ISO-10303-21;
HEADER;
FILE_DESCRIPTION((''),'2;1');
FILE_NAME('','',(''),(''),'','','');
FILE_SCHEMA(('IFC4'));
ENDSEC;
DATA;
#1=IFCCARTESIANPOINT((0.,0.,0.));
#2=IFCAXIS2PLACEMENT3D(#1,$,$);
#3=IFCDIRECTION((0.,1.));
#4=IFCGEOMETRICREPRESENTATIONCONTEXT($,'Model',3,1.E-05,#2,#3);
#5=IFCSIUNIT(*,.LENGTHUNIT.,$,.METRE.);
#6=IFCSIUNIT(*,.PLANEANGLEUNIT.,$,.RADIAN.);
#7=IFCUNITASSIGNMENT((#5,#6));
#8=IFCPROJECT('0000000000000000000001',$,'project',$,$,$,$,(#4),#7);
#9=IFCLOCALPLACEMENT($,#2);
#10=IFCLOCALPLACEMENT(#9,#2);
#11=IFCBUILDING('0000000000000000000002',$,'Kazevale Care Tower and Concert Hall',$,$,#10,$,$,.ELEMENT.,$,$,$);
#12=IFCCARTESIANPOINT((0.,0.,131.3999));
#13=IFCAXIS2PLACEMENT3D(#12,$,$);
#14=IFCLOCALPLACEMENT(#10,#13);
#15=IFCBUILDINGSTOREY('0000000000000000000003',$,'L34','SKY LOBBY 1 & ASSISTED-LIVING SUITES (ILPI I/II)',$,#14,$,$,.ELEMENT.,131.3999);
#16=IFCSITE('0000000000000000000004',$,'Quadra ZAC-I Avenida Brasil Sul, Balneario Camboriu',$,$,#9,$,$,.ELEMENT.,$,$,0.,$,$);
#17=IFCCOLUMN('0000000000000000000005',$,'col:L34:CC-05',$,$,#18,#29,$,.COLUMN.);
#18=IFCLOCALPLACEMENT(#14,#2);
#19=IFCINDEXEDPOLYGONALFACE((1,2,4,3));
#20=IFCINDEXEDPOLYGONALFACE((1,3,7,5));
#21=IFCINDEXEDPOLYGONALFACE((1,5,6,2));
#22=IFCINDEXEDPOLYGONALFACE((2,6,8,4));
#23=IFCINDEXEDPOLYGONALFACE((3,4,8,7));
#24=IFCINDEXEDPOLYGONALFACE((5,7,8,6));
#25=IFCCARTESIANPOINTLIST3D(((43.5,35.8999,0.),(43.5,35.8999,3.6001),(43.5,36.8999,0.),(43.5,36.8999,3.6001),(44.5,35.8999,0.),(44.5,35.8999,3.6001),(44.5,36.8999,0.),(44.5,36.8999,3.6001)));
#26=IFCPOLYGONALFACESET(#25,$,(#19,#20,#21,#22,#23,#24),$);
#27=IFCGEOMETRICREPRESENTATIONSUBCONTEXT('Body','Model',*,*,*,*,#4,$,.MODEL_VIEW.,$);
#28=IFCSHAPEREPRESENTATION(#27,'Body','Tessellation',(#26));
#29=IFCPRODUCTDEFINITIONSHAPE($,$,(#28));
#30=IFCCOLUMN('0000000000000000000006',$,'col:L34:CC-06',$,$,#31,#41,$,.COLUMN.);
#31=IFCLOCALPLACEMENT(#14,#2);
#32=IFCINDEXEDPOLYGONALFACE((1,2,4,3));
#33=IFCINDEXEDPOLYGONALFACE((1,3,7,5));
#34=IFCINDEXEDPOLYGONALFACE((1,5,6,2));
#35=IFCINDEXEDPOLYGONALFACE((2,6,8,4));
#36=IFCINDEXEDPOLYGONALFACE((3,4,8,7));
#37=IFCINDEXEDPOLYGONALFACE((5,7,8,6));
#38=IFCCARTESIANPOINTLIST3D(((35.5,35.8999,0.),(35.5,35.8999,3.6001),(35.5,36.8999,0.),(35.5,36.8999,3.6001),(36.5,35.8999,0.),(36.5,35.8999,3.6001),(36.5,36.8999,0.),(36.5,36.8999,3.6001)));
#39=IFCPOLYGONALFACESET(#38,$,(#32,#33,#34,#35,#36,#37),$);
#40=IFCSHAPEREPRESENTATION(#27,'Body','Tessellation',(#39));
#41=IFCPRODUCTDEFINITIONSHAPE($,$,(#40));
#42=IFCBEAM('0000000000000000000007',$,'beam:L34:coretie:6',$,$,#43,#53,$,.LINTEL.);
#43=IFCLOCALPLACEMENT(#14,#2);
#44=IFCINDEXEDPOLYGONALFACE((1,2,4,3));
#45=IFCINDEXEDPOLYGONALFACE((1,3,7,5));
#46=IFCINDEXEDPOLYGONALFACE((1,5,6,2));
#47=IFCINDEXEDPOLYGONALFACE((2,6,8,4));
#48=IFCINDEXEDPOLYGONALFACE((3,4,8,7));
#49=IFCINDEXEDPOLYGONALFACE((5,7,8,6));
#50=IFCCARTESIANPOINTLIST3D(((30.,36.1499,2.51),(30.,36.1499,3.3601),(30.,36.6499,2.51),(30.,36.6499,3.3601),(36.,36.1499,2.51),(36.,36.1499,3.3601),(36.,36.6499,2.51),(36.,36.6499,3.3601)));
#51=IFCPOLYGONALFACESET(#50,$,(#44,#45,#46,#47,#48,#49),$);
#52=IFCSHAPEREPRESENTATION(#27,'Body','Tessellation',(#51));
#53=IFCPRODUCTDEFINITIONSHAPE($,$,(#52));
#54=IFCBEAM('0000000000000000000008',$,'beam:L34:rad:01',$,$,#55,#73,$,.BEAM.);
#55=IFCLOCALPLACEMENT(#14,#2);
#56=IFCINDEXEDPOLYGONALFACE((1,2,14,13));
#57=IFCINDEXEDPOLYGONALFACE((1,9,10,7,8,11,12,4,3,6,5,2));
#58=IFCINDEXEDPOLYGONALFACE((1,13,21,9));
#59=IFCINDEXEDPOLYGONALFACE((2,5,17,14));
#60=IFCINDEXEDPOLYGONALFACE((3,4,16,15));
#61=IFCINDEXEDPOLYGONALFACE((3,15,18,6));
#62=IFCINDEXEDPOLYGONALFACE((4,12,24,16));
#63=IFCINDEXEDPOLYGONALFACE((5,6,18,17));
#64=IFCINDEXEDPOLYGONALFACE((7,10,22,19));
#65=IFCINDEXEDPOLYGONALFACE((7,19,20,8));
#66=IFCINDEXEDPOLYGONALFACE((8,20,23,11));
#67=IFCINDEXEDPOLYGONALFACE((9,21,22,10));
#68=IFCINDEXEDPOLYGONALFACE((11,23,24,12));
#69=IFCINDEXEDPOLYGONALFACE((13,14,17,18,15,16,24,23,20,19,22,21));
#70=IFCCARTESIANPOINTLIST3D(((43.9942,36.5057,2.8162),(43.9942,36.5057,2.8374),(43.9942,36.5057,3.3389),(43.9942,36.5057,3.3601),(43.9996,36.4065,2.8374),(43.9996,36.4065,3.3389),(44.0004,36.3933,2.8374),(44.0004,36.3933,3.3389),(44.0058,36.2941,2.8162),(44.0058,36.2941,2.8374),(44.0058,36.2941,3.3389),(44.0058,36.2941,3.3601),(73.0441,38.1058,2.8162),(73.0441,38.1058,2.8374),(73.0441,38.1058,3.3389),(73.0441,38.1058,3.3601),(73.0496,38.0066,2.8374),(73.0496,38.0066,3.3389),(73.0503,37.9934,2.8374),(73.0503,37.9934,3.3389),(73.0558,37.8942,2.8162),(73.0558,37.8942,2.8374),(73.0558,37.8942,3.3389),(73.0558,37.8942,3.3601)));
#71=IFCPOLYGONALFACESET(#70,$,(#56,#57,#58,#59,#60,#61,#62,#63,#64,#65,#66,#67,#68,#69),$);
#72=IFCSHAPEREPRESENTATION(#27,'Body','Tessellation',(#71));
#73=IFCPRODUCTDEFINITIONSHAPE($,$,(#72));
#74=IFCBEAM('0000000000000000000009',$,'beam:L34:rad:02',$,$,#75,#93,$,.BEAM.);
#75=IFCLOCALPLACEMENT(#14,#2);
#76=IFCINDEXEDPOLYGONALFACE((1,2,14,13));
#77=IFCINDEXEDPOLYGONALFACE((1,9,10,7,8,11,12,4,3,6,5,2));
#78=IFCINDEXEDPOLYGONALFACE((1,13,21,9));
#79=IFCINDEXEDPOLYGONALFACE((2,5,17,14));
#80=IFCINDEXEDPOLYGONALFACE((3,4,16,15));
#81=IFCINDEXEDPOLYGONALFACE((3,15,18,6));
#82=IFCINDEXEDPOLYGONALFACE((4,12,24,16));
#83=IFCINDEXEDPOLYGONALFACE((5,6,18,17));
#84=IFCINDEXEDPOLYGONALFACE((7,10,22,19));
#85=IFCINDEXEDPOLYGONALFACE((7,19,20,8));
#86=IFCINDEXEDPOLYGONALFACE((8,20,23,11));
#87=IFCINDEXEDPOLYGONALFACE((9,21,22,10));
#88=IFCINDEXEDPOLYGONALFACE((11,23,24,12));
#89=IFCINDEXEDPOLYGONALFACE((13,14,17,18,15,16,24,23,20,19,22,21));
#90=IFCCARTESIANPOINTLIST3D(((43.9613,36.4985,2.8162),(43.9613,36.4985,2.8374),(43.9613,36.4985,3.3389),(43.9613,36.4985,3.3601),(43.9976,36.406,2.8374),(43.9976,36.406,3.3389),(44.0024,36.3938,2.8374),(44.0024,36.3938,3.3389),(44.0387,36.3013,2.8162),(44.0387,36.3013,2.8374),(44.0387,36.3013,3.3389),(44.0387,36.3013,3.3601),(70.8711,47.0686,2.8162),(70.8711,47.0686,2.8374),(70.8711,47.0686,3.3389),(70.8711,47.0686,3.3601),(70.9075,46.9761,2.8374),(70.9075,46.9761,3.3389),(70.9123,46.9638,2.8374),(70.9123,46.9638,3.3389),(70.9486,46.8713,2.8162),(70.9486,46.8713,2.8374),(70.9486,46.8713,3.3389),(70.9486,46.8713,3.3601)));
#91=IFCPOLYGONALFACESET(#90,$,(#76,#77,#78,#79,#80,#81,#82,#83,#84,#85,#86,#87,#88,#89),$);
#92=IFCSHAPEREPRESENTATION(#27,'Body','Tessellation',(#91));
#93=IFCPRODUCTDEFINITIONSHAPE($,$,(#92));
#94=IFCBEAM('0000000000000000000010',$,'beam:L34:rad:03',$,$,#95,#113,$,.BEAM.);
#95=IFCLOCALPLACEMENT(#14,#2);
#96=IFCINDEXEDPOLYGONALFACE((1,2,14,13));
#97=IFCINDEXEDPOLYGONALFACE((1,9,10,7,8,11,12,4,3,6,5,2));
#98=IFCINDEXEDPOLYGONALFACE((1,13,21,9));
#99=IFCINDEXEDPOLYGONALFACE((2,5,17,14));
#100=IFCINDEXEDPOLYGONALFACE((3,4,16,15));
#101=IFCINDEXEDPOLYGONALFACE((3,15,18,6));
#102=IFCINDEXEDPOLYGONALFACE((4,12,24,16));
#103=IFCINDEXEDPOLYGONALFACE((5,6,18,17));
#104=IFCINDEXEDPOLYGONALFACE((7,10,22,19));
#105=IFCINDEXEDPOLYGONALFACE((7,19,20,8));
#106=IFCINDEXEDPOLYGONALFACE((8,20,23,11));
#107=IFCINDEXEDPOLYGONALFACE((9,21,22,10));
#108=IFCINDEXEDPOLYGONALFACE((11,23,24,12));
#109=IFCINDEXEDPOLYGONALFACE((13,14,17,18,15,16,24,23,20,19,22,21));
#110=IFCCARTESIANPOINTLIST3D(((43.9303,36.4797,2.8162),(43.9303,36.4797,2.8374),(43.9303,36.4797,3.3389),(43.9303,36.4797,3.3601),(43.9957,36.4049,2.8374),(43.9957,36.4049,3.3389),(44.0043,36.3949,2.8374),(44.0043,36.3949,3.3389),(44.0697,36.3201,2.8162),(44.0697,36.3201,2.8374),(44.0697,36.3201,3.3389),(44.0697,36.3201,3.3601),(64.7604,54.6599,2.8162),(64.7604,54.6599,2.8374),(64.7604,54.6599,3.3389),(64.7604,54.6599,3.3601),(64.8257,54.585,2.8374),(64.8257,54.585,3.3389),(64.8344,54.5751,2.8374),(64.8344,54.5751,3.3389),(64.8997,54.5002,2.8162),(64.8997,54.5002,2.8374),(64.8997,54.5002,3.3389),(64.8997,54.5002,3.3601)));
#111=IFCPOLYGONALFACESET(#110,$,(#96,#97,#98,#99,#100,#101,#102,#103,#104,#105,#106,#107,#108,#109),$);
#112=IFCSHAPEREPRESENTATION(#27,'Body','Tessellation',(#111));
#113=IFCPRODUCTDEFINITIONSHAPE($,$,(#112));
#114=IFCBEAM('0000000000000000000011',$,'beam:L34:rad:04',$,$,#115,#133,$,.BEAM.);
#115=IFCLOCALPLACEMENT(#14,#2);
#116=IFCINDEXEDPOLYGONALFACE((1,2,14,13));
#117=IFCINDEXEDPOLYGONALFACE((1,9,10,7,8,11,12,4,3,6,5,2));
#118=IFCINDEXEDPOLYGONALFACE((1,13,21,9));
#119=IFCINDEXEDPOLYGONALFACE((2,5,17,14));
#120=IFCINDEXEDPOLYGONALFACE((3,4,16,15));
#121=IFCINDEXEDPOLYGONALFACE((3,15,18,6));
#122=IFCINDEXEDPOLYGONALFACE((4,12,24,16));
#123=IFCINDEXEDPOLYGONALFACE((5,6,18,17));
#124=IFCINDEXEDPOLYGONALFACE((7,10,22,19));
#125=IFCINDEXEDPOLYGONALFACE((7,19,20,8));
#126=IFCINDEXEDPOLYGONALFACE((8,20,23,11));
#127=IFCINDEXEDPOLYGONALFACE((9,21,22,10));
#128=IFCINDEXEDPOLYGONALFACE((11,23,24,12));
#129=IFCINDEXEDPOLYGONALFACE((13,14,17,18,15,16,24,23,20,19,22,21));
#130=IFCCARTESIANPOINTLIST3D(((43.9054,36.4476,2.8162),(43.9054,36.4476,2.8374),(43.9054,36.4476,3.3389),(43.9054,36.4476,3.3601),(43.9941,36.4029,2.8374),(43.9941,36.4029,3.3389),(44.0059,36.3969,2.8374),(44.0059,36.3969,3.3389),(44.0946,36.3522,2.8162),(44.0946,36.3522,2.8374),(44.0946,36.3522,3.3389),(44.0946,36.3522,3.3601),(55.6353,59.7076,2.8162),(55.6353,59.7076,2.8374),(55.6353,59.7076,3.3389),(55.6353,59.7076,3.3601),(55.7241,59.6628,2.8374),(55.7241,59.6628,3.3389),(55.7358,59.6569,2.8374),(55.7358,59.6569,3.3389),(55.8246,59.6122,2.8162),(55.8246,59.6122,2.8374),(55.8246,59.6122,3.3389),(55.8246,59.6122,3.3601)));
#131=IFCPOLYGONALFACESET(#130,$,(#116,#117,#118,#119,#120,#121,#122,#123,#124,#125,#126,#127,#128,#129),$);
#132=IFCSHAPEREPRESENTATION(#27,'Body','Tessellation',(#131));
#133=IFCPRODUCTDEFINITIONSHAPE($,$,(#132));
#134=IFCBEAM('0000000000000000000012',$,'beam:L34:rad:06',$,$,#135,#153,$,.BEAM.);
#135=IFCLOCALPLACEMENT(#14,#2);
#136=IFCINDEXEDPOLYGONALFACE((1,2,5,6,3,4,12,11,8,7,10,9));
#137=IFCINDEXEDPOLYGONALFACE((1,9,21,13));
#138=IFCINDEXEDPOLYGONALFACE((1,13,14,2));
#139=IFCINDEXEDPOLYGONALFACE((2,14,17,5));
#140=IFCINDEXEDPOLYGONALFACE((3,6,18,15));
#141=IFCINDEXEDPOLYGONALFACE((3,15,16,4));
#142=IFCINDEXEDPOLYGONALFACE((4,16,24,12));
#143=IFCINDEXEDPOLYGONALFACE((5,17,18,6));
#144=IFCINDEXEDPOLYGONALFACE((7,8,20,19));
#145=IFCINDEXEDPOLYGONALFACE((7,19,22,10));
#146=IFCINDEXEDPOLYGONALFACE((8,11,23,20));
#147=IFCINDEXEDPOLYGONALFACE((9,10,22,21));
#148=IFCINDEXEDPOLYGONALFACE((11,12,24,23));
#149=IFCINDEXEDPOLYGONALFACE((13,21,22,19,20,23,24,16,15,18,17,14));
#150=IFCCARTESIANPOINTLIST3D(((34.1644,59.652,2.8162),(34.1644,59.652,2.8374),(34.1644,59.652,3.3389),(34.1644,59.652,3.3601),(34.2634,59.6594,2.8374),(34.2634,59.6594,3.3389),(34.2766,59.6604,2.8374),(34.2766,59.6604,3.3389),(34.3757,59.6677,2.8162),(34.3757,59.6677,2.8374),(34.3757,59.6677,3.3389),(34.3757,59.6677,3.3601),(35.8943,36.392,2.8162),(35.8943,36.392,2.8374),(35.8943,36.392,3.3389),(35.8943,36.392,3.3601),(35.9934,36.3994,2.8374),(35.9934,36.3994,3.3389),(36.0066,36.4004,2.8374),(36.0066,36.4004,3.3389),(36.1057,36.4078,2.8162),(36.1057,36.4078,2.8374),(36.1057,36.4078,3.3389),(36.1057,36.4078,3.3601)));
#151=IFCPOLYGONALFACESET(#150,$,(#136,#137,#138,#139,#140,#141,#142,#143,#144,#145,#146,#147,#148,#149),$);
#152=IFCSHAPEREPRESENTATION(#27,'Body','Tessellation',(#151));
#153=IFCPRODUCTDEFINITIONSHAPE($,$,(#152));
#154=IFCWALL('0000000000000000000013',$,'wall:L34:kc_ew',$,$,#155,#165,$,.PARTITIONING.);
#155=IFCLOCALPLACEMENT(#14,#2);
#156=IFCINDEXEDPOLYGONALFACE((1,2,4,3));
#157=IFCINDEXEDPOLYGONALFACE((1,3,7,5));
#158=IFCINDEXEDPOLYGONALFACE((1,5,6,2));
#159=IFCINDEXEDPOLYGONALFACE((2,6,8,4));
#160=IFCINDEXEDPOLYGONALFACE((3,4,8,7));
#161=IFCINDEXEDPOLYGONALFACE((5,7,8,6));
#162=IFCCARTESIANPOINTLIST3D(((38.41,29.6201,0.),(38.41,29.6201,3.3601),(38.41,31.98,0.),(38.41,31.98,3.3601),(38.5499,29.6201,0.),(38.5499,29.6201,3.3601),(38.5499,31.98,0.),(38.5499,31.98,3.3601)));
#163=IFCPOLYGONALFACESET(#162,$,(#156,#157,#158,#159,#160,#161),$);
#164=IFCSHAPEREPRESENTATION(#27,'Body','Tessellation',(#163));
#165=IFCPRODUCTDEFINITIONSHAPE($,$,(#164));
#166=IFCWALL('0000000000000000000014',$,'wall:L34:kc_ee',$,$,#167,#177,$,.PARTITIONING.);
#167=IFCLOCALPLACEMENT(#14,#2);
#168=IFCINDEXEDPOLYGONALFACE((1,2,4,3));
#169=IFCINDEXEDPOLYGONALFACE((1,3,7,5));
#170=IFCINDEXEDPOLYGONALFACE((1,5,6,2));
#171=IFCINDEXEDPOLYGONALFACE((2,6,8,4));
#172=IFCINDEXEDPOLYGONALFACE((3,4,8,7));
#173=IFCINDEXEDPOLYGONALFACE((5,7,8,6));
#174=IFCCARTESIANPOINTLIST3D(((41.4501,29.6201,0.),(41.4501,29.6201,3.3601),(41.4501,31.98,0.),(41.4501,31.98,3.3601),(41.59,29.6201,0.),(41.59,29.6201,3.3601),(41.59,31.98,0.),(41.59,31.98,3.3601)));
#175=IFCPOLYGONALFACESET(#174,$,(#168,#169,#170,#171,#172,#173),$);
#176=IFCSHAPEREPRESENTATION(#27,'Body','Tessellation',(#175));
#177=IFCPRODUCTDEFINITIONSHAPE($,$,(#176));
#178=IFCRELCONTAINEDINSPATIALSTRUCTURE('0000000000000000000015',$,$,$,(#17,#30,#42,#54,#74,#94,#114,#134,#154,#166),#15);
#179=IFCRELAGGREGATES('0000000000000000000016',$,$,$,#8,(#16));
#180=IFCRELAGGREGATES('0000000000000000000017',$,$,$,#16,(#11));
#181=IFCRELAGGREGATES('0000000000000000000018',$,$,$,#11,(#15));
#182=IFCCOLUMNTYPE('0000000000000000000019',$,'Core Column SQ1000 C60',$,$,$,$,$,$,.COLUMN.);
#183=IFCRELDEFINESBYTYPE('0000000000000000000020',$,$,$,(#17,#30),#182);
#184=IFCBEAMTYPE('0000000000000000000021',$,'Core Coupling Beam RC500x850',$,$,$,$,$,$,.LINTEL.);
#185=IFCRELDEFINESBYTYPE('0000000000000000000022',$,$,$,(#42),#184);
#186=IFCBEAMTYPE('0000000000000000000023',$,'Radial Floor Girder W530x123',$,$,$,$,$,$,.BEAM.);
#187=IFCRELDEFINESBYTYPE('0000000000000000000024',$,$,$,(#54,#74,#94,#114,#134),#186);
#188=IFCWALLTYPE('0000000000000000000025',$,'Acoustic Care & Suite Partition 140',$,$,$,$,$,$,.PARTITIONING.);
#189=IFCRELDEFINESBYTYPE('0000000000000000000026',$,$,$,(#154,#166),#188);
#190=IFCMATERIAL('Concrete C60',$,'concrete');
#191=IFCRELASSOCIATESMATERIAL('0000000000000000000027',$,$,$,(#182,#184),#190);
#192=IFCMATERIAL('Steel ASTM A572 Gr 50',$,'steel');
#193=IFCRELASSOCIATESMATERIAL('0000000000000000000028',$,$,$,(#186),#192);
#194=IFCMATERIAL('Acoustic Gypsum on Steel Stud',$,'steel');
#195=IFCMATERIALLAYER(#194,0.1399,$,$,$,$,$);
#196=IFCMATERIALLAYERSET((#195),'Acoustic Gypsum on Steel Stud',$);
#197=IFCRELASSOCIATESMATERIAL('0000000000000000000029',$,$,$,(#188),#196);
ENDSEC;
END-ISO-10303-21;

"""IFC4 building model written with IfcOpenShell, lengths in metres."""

from ifc_helpers import new_model, si_unit, direction, frame, frame_2d, origin, origin_2d, place, context, subcontext, project, spatial, rectangle, i_section, extrude, material, layer, layer_set, material_profile, profile_set, type_object, element, save


model = new_model("IFC4")

# Units and contexts
model_context = context("Model", 3, precision=1e-05, world=origin(), true_north=direction((0.0, 1.0)))
body_context = subcontext(model_context, "Body", "Model", "MODEL_VIEW")
ifc_project = project(units=[si_unit("LENGTHUNIT", "METRE"), si_unit("PLANEANGLEUNIT", "RADIAN")], contexts=[model_context])

# Site, building, storey
site_placement = place(None, origin())
site = spatial("IfcSite", under=ifc_project, at=site_placement, Name="Quadra ZAC-I Avenida Brasil Sul, Balneario Camboriu", CompositionType="ELEMENT", RefElevation=0.0)
building_placement = place(site_placement, origin())
building = spatial("IfcBuilding", under=site, at=building_placement, Name="Kazevale Care Tower and Concert Hall", CompositionType="ELEMENT")
storey_placement = place(building_placement, frame((0.0, 0.0, 131.3999)))
storey = spatial("IfcBuildingStorey", under=building, at=storey_placement, Name="L34", Description="SKY LOBBY 1 & ASSISTED-LIVING SUITES (ILPI I/II)", CompositionType="ELEMENT", Elevation=131.3999)

# Columns
ifc_material_1 = material(Name="Concrete C60", Category="concrete")
ifc_material_profile_1 = material_profile(ifc_material_1, rectangle(XDim=1.0, YDim=1.0, at=origin_2d()), Name="RC-SQ1000")
ifc_profile_set_1 = profile_set([ifc_material_profile_1], Name="Concrete C60")
column_type = type_object("IfcColumnType", Name="Core Column SQ1000 C60", PredefinedType="COLUMN", material=ifc_profile_set_1)
for number, where, z_axis, x_axis, name in (
    (1, (44.0, 36.3999, 0.0), (0.0, 0.0, 1.0), (1.0, 0.0, 0.0), "col:L34:CC-05"),
    (2, (36.0, 36.3999, 0.0), (0.0, 0.0, 1.0), (1.0, 0.0, 0.0), "col:L34:CC-06"),
):
    element("IfcColumn", number, at=place(storey_placement, frame(where, z_axis=z_axis, x_axis=x_axis)), inside=storey, type_object=column_type, Name=name, PredefinedType="COLUMN", context=body_context, shape_type="SweptSolid", body=[
        extrude(rectangle(XDim=1.0, YDim=1.0, at=origin_2d()), origin(), (0.0, 0.0, 1.0), 3.6001),
    ])

# Beams
ifc_material_profile_2 = material_profile(ifc_material_1, rectangle(XDim=0.5, YDim=0.8501, at=origin_2d()), Name="RC-B500x850")
ifc_profile_set_2 = profile_set([ifc_material_profile_2], Name="Concrete C60")
beam_type_1 = type_object("IfcBeamType", Name="Core Coupling Beam RC500x850", PredefinedType="LINTEL", material=ifc_profile_set_2)
beam_1_placement = place(storey_placement, frame((36.0, 36.3999, 2.9351), z_axis=(-1.0, 0.0, 0.0), x_axis=(0.0, -1.0, 0.0)))
element("IfcBeam", 3, at=beam_1_placement, inside=storey, type_object=beam_type_1, Name="beam:L34:coretie:6", PredefinedType="LINTEL", context=body_context, shape_type="SweptSolid", body=[
    extrude(rectangle(XDim=0.5, YDim=0.8501, at=origin_2d()), origin(), (0.0, 0.0, 1.0), 6.0),
])
ifc_material_2 = material(Name="Steel ASTM A572 Gr 50", Category="steel")
ifc_material_profile_3 = material_profile(ifc_material_2, i_section(OverallWidth=0.2119, OverallDepth=0.5439, WebThickness=0.0132, FlangeThickness=0.0212, at=origin_2d()), Name="W530x123")
ifc_profile_set_3 = profile_set([ifc_material_profile_3], Name="Steel ASTM A572 Gr 50")
beam_type_2 = type_object("IfcBeamType", Name="Radial Floor Girder W530x123", PredefinedType="BEAM", material=ifc_profile_set_3)
beam_2_placement = place(storey_placement, frame((44.0, 36.3999, 3.0881), z_axis=(0.998487, 0.054997, 0.0), x_axis=(-0.054997, 0.998487, 0.0)))
element("IfcBeam", 4, at=beam_2_placement, inside=storey, type_object=beam_type_2, Name="beam:L34:rad:01", PredefinedType="BEAM", context=body_context, shape_type="SweptSolid", body=[
    extrude(i_section(OverallWidth=0.2119, OverallDepth=0.5439, WebThickness=0.0132, FlangeThickness=0.0212, at=origin_2d()), origin(), (0.0, 0.0, 1.0), 29.094),
])
beam_3_placement = place(storey_placement, frame((44.0, 36.3999, 3.0881), z_axis=(0.930771, 0.365602, 0.0), x_axis=(-0.365602, 0.930771, 0.0)))
element("IfcBeam", 5, at=beam_3_placement, inside=storey, type_object=beam_type_2, Name="beam:L34:rad:02", PredefinedType="BEAM", context=body_context, shape_type="SweptSolid", body=[
    extrude(i_section(OverallWidth=0.2119, OverallDepth=0.5439, WebThickness=0.0132, FlangeThickness=0.0212, at=origin_2d()), origin(), (0.0, 0.0, 1.0), 28.9114),
])
beam_4_placement = place(storey_placement, frame((44.0, 36.3999, 3.0881), z_axis=(0.753403, 0.657559, 0.0), x_axis=(-0.657559, 0.753403, 0.0)))
element("IfcBeam", 6, at=beam_4_placement, inside=storey, type_object=beam_type_2, Name="beam:L34:rad:03", PredefinedType="BEAM", context=body_context, shape_type="SweptSolid", body=[
    extrude(i_section(OverallWidth=0.2119, OverallDepth=0.5439, WebThickness=0.0132, FlangeThickness=0.0212, at=origin_2d()), origin(), (0.0, 0.0, 1.0), 27.6479),
])
beam_5_placement = place(storey_placement, frame((44.0, 36.3999, 3.0881), z_axis=(0.450281, 0.892887, 0.0), x_axis=(-0.892887, 0.450281, 0.0)))
element("IfcBeam", 7, at=beam_5_placement, inside=storey, type_object=beam_type_2, Name="beam:L34:rad:04", PredefinedType="BEAM", context=body_context, shape_type="SweptSolid", body=[
    extrude(i_section(OverallWidth=0.2119, OverallDepth=0.5439, WebThickness=0.0132, FlangeThickness=0.0212, at=origin_2d()), origin(), (0.0, 0.0, 1.0), 26.0503),
])
beam_6_placement = place(storey_placement, frame((36.0, 36.3999, 3.0881), z_axis=(-0.074171, 0.997246, 0.0), x_axis=(-0.997246, -0.074171, 0.0)))
element("IfcBeam", 8, at=beam_6_placement, inside=storey, type_object=beam_type_2, Name="beam:L34:rad:06", PredefinedType="BEAM", context=body_context, shape_type="SweptSolid", body=[
    extrude(i_section(OverallWidth=0.2119, OverallDepth=0.5439, WebThickness=0.0132, FlangeThickness=0.0212, at=origin_2d()), origin(), (0.0, 0.0, 1.0), 23.3242),
])

# Walls
ifc_material_3 = material(Name="Acoustic Gypsum on Steel Stud", Category="steel")
ifc_layer_1 = layer(ifc_material_3, 0.1399)
ifc_layer_set_1 = layer_set([ifc_layer_1], Name="Acoustic Gypsum on Steel Stud")
wall_type_1 = type_object("IfcWallType", Name="Acoustic Care & Suite Partition 140", PredefinedType="PARTITIONING", material=ifc_layer_set_1)
for number, where, z_axis, x_axis, name in (
    (9, (38.48, 29.6201, 0.0), (0.0, 0.0, 1.0), (0.0, 1.0, 0.0), "wall:L34:kc_ew"),
    (10, (41.52, 29.6201, 0.0), (0.0, 0.0, 1.0), (0.0, 1.0, 0.0), "wall:L34:kc_ee"),
):
    element("IfcWall", number, at=place(storey_placement, frame(where, z_axis=z_axis, x_axis=x_axis)), inside=storey, type_object=wall_type_1, Name=name, PredefinedType="PARTITIONING", context=body_context, shape_type="SweptSolid", body=[
        extrude(rectangle(XDim=2.3599, YDim=0.1399, at=frame_2d((1.1799, 0.0))), origin(), (0.0, 0.0, 1.0), 3.3601),
    ])

save(model, "model.ifc")
